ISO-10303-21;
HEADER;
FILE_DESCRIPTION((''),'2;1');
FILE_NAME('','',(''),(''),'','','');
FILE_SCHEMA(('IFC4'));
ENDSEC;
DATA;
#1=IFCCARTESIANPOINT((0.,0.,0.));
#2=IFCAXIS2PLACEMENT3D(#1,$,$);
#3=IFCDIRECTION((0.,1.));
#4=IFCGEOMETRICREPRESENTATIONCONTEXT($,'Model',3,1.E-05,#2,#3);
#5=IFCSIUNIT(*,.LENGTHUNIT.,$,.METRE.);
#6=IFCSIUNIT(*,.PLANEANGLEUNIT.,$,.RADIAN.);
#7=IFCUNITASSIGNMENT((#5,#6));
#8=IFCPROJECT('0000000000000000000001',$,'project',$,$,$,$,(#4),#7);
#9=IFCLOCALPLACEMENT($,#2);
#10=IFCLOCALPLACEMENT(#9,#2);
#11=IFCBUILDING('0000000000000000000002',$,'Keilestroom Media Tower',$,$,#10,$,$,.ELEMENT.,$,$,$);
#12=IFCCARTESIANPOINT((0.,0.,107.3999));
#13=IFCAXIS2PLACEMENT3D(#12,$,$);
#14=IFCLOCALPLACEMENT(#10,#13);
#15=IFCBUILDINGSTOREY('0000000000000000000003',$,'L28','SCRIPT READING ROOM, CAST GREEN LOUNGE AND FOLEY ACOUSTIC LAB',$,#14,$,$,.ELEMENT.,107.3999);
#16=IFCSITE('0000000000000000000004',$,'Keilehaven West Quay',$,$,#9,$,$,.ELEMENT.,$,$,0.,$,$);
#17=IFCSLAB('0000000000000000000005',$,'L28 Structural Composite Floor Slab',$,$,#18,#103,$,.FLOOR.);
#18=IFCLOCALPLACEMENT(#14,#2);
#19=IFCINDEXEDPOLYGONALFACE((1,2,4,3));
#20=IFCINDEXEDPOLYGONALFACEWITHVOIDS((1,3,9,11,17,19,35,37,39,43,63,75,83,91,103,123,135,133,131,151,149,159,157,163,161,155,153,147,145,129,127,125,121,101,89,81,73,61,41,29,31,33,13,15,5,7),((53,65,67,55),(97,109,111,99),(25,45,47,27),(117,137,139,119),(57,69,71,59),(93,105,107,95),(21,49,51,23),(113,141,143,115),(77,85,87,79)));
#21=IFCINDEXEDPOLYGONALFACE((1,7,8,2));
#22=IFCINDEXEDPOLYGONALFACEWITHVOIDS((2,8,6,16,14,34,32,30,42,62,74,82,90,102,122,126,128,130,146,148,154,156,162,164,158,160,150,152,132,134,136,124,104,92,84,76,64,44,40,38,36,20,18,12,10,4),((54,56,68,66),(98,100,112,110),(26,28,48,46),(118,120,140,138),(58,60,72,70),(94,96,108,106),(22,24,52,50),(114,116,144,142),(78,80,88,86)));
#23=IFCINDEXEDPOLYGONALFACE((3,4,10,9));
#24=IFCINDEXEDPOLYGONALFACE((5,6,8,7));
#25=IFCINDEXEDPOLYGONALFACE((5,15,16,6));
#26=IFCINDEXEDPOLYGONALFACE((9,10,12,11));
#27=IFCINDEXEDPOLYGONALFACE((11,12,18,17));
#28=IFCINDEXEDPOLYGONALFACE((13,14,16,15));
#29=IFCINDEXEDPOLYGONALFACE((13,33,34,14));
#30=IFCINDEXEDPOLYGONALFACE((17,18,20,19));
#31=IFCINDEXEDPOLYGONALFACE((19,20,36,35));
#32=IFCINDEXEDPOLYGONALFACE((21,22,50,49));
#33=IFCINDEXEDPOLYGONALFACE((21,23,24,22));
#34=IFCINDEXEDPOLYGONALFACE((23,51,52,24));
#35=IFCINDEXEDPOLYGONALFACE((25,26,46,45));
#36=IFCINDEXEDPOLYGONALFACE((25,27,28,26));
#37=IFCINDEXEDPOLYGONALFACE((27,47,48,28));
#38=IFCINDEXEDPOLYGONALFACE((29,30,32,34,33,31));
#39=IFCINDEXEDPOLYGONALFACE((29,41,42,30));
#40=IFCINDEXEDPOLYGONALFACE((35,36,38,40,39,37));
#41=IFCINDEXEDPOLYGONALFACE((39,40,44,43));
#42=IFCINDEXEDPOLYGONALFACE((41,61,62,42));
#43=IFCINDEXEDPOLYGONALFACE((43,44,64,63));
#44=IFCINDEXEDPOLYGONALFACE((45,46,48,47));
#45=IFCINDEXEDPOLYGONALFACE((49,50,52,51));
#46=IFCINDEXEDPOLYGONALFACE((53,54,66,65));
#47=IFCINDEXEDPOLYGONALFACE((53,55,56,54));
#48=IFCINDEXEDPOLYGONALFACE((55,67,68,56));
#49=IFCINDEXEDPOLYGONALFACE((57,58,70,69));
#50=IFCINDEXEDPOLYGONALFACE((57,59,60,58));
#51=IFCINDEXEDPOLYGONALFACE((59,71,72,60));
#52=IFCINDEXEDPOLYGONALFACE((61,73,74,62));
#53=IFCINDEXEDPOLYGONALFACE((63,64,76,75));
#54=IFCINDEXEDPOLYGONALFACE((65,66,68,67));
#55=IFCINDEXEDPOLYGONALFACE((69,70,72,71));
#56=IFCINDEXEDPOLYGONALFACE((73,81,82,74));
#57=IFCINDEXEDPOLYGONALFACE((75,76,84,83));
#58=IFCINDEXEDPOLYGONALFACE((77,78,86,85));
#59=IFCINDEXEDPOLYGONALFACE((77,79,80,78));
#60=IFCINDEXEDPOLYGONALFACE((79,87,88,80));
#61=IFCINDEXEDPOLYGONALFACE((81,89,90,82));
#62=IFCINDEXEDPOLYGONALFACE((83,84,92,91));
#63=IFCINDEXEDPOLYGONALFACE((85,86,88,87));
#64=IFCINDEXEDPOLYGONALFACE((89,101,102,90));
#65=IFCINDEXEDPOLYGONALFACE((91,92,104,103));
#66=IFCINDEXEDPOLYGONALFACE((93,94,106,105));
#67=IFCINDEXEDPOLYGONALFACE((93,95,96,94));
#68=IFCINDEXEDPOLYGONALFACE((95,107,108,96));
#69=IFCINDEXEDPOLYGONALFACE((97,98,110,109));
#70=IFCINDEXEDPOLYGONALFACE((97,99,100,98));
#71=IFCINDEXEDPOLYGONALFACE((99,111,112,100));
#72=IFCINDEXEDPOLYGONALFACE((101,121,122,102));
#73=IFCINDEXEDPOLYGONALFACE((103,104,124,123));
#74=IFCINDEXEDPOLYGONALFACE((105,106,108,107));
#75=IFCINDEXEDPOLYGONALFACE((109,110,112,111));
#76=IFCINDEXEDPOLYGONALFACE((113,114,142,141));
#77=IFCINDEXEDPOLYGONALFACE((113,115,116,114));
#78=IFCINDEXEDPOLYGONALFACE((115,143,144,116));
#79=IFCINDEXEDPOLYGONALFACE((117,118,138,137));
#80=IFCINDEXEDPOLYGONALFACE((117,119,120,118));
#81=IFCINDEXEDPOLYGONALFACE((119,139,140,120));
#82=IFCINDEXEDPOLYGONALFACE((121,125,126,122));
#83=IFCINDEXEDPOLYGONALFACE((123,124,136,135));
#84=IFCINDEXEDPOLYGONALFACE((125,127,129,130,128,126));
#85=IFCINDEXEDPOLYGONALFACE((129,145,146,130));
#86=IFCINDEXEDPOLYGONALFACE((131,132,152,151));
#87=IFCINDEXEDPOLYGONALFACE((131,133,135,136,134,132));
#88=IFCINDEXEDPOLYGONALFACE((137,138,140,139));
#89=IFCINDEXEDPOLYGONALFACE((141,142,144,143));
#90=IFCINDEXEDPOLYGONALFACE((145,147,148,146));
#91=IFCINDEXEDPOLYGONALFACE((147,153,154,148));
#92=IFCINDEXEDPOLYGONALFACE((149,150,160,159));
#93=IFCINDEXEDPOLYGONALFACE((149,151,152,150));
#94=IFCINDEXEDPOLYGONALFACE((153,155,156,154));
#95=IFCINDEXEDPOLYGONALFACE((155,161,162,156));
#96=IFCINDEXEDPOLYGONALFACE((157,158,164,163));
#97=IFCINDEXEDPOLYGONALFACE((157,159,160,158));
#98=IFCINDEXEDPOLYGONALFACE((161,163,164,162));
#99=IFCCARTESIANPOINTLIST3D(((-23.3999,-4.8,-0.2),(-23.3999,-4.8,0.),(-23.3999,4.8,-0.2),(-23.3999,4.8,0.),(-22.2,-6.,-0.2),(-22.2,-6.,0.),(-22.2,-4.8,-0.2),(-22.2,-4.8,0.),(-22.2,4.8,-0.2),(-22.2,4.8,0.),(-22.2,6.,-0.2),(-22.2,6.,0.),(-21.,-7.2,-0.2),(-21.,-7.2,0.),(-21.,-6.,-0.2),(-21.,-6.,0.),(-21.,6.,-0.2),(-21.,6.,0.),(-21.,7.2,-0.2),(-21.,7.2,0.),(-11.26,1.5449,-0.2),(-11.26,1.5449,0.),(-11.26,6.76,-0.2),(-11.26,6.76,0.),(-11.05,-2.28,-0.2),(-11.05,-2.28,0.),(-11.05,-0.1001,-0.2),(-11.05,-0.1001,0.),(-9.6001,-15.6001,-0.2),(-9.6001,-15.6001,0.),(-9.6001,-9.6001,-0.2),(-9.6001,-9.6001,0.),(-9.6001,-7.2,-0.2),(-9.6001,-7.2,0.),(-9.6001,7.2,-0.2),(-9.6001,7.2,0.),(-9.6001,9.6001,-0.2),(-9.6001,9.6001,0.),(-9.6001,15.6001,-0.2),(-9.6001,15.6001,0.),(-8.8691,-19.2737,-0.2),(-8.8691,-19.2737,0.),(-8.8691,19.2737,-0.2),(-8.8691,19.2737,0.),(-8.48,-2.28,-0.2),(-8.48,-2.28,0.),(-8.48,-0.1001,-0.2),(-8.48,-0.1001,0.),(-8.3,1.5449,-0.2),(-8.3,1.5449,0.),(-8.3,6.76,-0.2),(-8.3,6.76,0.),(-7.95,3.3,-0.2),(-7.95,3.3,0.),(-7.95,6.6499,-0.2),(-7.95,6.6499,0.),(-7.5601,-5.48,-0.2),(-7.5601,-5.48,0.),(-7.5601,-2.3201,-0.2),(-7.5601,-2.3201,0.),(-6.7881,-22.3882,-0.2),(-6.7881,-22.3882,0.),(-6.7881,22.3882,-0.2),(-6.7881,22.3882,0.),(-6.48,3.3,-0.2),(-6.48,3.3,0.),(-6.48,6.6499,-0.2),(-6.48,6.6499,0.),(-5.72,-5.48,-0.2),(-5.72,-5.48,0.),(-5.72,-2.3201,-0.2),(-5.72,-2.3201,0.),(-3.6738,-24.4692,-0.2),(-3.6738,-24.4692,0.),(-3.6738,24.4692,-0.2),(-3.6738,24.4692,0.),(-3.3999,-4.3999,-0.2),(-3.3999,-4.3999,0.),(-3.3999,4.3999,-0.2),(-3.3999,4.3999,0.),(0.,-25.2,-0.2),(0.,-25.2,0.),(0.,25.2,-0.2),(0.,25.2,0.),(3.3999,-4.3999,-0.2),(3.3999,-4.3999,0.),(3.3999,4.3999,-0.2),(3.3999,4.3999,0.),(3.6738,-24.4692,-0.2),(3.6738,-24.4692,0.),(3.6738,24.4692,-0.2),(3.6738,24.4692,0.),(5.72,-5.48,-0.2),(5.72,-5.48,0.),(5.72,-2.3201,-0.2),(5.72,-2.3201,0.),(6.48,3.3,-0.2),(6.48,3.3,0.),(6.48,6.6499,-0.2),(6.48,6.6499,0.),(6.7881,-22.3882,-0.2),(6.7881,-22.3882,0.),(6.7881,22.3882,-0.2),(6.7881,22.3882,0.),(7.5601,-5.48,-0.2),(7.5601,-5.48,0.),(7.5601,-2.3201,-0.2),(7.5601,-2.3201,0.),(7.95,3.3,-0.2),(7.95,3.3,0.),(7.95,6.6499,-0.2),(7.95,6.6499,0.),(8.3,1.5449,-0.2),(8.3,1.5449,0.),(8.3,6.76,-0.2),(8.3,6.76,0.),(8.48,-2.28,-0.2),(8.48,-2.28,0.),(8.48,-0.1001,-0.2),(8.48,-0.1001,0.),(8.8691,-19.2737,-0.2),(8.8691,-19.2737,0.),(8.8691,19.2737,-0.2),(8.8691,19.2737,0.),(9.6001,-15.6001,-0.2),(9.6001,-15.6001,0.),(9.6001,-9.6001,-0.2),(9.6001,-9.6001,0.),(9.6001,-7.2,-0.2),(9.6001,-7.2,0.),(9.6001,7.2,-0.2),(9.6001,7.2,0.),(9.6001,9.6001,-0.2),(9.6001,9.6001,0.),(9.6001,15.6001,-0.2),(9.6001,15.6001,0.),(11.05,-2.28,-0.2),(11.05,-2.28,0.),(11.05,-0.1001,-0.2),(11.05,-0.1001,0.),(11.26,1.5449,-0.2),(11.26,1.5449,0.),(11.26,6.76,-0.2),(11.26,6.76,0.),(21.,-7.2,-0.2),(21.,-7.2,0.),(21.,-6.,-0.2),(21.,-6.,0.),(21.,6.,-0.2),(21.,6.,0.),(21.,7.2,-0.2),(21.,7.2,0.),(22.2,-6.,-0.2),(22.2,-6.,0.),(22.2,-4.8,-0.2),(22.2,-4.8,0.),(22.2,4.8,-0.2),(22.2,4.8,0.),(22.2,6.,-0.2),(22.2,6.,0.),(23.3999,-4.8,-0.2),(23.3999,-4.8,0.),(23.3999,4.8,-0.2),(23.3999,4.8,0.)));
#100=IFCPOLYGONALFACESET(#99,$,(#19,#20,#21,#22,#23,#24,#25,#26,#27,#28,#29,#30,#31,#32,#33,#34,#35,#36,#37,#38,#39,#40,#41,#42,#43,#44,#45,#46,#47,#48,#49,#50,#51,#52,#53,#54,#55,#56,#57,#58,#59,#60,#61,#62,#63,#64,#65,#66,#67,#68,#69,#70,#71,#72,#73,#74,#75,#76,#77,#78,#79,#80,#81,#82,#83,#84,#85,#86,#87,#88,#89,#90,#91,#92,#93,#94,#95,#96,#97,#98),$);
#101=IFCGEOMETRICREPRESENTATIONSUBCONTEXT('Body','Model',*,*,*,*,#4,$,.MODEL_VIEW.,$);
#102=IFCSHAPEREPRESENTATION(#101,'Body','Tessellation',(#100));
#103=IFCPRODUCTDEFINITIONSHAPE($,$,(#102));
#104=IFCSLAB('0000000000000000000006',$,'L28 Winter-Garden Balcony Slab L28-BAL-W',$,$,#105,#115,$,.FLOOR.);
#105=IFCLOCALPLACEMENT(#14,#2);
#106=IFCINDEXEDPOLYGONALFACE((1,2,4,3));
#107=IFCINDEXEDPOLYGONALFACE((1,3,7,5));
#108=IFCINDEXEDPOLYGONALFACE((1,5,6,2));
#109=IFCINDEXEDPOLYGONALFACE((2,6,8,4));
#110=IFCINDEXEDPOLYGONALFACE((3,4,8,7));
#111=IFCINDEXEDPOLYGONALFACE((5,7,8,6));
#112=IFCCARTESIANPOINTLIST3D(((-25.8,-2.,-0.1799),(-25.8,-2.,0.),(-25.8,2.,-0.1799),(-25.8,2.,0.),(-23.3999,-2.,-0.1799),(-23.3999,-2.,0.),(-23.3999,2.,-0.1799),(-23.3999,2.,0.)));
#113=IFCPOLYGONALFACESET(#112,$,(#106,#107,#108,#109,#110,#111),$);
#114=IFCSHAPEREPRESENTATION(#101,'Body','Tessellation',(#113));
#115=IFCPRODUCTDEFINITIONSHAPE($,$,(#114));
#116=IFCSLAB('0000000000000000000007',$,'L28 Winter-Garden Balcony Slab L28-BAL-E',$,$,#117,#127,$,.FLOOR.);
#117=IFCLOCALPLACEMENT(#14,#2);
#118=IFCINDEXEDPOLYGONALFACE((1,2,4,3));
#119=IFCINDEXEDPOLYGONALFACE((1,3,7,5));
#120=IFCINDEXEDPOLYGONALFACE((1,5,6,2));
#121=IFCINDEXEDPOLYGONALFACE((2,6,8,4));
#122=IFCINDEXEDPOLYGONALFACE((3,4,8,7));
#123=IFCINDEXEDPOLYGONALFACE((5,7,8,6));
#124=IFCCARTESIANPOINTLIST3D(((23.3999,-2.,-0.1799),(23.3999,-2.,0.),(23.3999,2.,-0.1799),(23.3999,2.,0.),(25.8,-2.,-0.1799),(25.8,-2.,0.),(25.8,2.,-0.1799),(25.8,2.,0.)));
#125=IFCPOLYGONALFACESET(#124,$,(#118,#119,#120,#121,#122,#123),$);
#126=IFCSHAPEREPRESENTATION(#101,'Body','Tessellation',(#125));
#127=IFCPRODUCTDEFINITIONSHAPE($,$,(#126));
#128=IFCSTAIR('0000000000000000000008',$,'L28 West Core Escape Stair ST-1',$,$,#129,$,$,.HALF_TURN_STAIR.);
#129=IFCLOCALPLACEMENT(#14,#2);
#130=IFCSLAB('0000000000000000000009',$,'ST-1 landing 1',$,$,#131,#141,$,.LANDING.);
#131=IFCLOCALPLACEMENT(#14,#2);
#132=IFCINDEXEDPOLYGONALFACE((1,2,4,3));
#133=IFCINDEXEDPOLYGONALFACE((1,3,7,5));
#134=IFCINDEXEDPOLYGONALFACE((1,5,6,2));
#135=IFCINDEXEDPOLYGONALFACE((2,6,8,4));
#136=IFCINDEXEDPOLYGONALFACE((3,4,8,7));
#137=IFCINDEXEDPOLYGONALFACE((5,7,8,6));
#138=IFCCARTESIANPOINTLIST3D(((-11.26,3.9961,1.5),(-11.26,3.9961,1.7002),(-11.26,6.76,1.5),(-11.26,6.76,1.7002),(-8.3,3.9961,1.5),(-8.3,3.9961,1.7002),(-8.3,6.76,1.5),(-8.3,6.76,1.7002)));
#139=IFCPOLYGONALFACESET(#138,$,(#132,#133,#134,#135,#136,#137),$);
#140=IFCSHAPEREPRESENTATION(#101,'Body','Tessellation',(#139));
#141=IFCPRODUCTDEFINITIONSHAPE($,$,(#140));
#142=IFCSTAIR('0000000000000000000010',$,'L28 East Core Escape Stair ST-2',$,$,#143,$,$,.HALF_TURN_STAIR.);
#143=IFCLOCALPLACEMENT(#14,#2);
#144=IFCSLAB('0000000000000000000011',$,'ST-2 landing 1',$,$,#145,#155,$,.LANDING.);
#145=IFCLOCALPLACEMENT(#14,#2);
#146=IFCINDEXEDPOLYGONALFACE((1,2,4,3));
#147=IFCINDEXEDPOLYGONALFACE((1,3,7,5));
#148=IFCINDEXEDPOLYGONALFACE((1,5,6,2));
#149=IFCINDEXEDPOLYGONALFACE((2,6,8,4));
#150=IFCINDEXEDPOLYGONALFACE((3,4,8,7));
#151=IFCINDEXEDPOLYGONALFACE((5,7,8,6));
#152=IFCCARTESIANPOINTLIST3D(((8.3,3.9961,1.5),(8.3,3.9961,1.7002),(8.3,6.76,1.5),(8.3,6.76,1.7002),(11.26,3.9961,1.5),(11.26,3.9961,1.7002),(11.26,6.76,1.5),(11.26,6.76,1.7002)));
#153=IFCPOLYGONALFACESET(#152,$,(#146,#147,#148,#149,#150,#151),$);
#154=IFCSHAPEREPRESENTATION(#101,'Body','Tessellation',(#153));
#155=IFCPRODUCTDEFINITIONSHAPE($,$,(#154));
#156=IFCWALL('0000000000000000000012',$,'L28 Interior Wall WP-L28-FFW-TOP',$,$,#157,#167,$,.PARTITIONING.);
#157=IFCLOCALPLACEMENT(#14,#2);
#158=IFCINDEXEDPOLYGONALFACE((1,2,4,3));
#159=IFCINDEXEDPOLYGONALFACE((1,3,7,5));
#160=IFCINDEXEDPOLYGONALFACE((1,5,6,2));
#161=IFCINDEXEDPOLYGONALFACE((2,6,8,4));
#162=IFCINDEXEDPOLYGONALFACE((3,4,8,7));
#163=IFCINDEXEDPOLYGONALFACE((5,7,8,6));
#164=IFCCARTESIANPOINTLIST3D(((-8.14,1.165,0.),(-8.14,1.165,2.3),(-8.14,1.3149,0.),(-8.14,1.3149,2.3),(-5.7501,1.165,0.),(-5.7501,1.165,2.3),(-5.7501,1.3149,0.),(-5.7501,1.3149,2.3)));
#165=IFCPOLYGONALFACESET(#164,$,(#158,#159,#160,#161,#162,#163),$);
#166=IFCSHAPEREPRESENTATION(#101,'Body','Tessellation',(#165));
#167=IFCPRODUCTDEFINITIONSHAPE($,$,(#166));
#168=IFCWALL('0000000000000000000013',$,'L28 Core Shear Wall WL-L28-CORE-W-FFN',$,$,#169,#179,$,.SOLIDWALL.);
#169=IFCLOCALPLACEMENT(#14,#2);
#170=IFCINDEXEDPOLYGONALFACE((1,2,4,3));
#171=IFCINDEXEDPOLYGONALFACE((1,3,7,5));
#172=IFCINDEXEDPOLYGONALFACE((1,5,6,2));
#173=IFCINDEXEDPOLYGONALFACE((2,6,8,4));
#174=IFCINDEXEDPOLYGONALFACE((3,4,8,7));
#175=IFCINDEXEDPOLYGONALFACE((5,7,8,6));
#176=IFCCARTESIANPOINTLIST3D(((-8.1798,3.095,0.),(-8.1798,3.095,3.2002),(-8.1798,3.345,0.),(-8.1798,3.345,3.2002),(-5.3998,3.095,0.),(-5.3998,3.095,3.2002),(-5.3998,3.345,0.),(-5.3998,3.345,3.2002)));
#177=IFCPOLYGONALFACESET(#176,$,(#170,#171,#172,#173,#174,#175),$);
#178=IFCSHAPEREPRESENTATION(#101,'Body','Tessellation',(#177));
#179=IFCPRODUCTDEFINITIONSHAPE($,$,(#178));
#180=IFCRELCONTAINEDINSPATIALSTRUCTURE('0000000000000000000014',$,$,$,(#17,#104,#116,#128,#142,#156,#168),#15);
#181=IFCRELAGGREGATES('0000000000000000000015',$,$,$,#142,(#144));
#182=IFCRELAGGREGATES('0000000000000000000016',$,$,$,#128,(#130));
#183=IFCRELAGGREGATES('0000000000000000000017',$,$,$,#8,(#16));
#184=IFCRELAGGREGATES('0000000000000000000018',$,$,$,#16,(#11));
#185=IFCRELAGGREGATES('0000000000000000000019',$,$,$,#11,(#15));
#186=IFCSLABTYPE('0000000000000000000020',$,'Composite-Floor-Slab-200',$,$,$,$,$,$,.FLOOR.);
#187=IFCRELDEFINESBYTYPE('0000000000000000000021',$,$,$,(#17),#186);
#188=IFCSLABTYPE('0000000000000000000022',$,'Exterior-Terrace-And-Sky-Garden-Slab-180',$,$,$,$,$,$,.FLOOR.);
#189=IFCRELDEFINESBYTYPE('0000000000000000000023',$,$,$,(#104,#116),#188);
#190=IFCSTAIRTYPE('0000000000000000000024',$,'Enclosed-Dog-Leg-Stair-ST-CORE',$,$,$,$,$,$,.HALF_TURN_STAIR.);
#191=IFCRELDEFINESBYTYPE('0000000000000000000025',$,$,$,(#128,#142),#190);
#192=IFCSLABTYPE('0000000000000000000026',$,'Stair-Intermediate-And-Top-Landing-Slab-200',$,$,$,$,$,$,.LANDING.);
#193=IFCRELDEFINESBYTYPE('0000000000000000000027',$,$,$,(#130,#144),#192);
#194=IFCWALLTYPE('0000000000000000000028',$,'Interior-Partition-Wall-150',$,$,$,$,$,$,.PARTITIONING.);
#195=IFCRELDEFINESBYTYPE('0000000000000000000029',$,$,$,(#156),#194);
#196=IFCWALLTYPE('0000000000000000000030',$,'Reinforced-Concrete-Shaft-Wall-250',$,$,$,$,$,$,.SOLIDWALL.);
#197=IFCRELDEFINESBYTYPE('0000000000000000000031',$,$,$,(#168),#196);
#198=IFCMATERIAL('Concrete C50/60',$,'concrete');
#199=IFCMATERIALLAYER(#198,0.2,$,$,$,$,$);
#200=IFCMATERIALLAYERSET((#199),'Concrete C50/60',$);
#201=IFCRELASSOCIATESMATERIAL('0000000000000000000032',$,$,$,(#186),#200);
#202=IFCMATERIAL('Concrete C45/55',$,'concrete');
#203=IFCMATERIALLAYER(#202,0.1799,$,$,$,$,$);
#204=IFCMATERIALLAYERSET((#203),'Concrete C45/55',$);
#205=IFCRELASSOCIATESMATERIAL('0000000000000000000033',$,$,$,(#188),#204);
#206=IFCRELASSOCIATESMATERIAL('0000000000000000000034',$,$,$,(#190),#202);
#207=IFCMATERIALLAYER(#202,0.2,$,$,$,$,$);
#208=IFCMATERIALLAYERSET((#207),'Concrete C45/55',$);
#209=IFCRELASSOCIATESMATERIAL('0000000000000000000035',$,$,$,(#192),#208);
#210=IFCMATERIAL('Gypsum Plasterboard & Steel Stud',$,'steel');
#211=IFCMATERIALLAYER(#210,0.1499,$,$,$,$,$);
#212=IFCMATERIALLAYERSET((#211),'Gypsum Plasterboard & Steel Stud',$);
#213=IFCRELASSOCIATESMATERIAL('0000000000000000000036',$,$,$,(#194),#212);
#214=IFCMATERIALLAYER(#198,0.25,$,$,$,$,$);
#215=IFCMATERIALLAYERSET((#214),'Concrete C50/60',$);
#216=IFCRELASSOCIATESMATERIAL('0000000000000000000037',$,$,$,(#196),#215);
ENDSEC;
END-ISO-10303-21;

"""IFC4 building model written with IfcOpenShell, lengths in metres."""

from ifc_helpers import new_model, si_unit, direction, frame, frame_2d, origin, place, context, subcontext, project, spatial, polyline, rectangle, outline, extrude, material, layer, layer_set, type_object, element, aggregate, save


model = new_model("IFC4")

# Units and contexts
model_context = context("Model", 3, precision=1e-05, world=origin(), true_north=direction((0.0, 1.0)))
body_context = subcontext(model_context, "Body", "Model", "MODEL_VIEW")
ifc_project = project(units=[si_unit("LENGTHUNIT", "METRE"), si_unit("PLANEANGLEUNIT", "RADIAN")], contexts=[model_context])

# Site, building, storey
site_placement = place(None, origin())
site = spatial("IfcSite", under=ifc_project, at=site_placement, Name="Keilehaven West Quay", CompositionType="ELEMENT", RefElevation=0.0)
building_placement = place(site_placement, origin())
building = spatial("IfcBuilding", under=site, at=building_placement, Name="Keilestroom Media Tower", CompositionType="ELEMENT")
storey_placement = place(building_placement, frame((0.0, 0.0, 107.3999)))
storey = spatial("IfcBuildingStorey", under=building, at=storey_placement, Name="L28", Description="SCRIPT READING ROOM, CAST GREEN LOUNGE AND FOLEY ACOUSTIC LAB", CompositionType="ELEMENT", Elevation=107.3999)

# Slabs
ifc_material_1 = material(Name="Concrete C50/60", Category="concrete")
ifc_layer_1 = layer(ifc_material_1, 0.2)
ifc_layer_set_1 = layer_set([ifc_layer_1], Name="Concrete C50/60")
slab_type_1 = type_object("IfcSlabType", Name="Composite-Floor-Slab-200", PredefinedType="FLOOR", material=ifc_layer_set_1)
slab_1_placement = place(storey_placement, frame((0.0, 0.0, -0.2)))
element("IfcSlab", 1, at=slab_1_placement, inside=storey, type_object=slab_type_1, Name="L28 Structural Composite Floor Slab", PredefinedType="FLOOR", context=body_context, shape_type="SweptSolid", body=[
    extrude(outline(polyline([(23.3999, -4.8), (23.3999, 4.8), (22.2, 4.8), (22.2, 6.0), (21.0, 6.0), (21.0, 7.2), (9.6001, 7.2), (9.6001, 9.6001), (9.6001, 15.6001), (8.8691, 19.2737), (6.7881, 22.3882), (3.6738, 24.4692), (0.0, 25.2), (-3.6738, 24.4692), (-6.7881, 22.3882), (-8.8691, 19.2737), (-9.6001, 15.6001), (-9.6001, 9.6001), (-9.6001, 7.2), (-21.0, 7.2), (-21.0, 6.0), (-22.2, 6.0), (-22.2, 4.8), (-23.3999, 4.8), (-23.3999, -4.8), (-22.2, -4.8), (-22.2, -6.0), (-21.0, -6.0), (-21.0, -7.2), (-9.6001, -7.2), (-9.6001, -9.6001), (-9.6001, -15.6001), (-8.8691, -19.2737), (-6.7881, -22.3882), (-3.6738, -24.4692), (0.0, -25.2), (3.6738, -24.4692), (6.7881, -22.3882), (8.8691, -19.2737), (9.6001, -15.6001), (9.6001, -9.6001), (9.6001, -7.2), (21.0, -7.2), (21.0, -6.0), (22.2, -6.0), (22.2, -4.8), (23.3999, -4.8)]), holes=[polyline([(-11.26, 1.5449), (-11.26, 6.76), (-8.3, 6.76), (-8.3, 1.5449), (-11.26, 1.5449)]), polyline([(-11.05, -2.28), (-11.05, -0.1001), (-8.48, -0.1001), (-8.48, -2.28), (-11.05, -2.28)]), polyline([(-7.95, 3.3), (-7.95, 6.6499), (-6.48, 6.6499), (-6.48, 3.3), (-7.95, 3.3)]), polyline([(-7.5601, -2.3201), (-5.72, -2.3201), (-5.72, -5.48), (-7.5601, -5.48), (-7.5601, -2.3201)]), polyline([(3.3999, -4.3999), (-3.3999, -4.3999), (-3.3999, 4.3999), (3.3999, 4.3999), (3.3999, -4.3999)]), polyline([(7.5601, -2.3201), (7.5601, -5.48), (5.72, -5.48), (5.72, -2.3201), (7.5601, -2.3201)]), polyline([(6.48, 3.3), (6.48, 6.6499), (7.95, 6.6499), (7.95, 3.3), (6.48, 3.3)]), polyline([(8.3, 1.5449), (8.3, 6.76), (11.26, 6.76), (11.26, 1.5449), (8.3, 1.5449)]), polyline([(8.48, -2.28), (8.48, -0.1001), (11.05, -0.1001), (11.05, -2.28), (8.48, -2.28)])]), origin(), (0.0, 0.0, 1.0), 0.2),
])
ifc_material_2 = material(Name="Concrete C45/55", Category="concrete")
ifc_layer_2 = layer(ifc_material_2, 0.1799)
ifc_layer_set_2 = layer_set([ifc_layer_2], Name="Concrete C45/55")
slab_type_2 = type_object("IfcSlabType", Name="Exterior-Terrace-And-Sky-Garden-Slab-180", PredefinedType="FLOOR", material=ifc_layer_set_2)
slab_2_placement = place(storey_placement, frame((0.0, 0.0, -0.1799)))
element("IfcSlab", 2, at=slab_2_placement, inside=storey, type_object=slab_type_2, Name="L28 Winter-Garden Balcony Slab L28-BAL-W", PredefinedType="FLOOR", context=body_context, shape_type="SweptSolid", body=[
    extrude(outline(polyline([(-25.8, -2.0), (-23.3999, -2.0), (-23.3999, 2.0), (-25.8, 2.0), (-25.8, -2.0)])), origin(), (0.0, 0.0, 1.0), 0.1799),
])
slab_3_placement = place(storey_placement, frame((0.0, 0.0, -0.1799)))
element("IfcSlab", 3, at=slab_3_placement, inside=storey, type_object=slab_type_2, Name="L28 Winter-Garden Balcony Slab L28-BAL-E", PredefinedType="FLOOR", context=body_context, shape_type="SweptSolid", body=[
    extrude(outline(polyline([(23.3999, -2.0), (25.8, -2.0), (25.8, 2.0), (23.3999, 2.0), (23.3999, -2.0)])), origin(), (0.0, 0.0, 1.0), 0.1799),
])

# Stairs, slabs
stair_type = type_object("IfcStairType", Name="Enclosed-Dog-Leg-Stair-ST-CORE", PredefinedType="HALF_TURN_STAIR", material=ifc_material_2)
stair_1_placement = place(storey_placement, origin())
stair_1 = element("IfcStair", 4, at=stair_1_placement, inside=storey, type_object=stair_type, Name="L28 West Core Escape Stair ST-1", PredefinedType="HALF_TURN_STAIR")
ifc_layer_3 = layer(ifc_material_2, 0.2)
ifc_layer_set_3 = layer_set([ifc_layer_3], Name="Concrete C45/55")
slab_type_3 = type_object("IfcSlabType", Name="Stair-Intermediate-And-Top-Landing-Slab-200", PredefinedType="LANDING", material=ifc_layer_set_3)
slab_4_placement = place(storey_placement, frame((0.0, 0.0, 1.5)))
slab_4 = element("IfcSlab", 5, at=slab_4_placement, type_object=slab_type_3, Name="ST-1 landing 1", PredefinedType="LANDING", context=body_context, shape_type="SweptSolid", body=[
    extrude(outline(polyline([(-8.3, 3.9961), (-8.3, 6.76), (-11.26, 6.76), (-11.26, 3.9961), (-8.3, 3.9961)])), origin(), (0.0, 0.0, 1.0), 0.2002),
])
stair_2_placement = place(storey_placement, origin())
stair_2 = element("IfcStair", 6, at=stair_2_placement, inside=storey, type_object=stair_type, Name="L28 East Core Escape Stair ST-2", PredefinedType="HALF_TURN_STAIR")
slab_5_placement = place(storey_placement, frame((0.0, 0.0, 1.5)))
slab_5 = element("IfcSlab", 7, at=slab_5_placement, type_object=slab_type_3, Name="ST-2 landing 1", PredefinedType="LANDING", context=body_context, shape_type="SweptSolid", body=[
    extrude(outline(polyline([(11.26, 3.9961), (11.26, 6.76), (8.3, 6.76), (8.3, 3.9961), (11.26, 3.9961)])), origin(), (0.0, 0.0, 1.0), 0.2002),
])
aggregate(stair_2, [slab_5])

# Walls
ifc_material_3 = material(Name="Gypsum Plasterboard & Steel Stud", Category="steel")
ifc_layer_4 = layer(ifc_material_3, 0.1499)
ifc_layer_set_4 = layer_set([ifc_layer_4], Name="Gypsum Plasterboard & Steel Stud")
wall_type_1 = type_object("IfcWallType", Name="Interior-Partition-Wall-150", PredefinedType="PARTITIONING", material=ifc_layer_set_4)
wall_1_placement = place(storey_placement, frame((-8.1399, 1.24, 0.0), z_axis=(0.0, 0.0, 1.0), x_axis=(1.0, 0.0, 0.0)))
element("IfcWall", 8, at=wall_1_placement, inside=storey, type_object=wall_type_1, Name="L28 Interior Wall WP-L28-FFW-TOP", PredefinedType="PARTITIONING", context=body_context, shape_type="SweptSolid", body=[
    extrude(rectangle(XDim=2.3899, YDim=0.1499, at=frame_2d((1.1948, 0.0))), origin(), (0.0, 0.0, 1.0), 2.3),
])
ifc_layer_5 = layer(ifc_material_1, 0.25)
ifc_layer_set_5 = layer_set([ifc_layer_5], Name="Concrete C50/60")
wall_type_2 = type_object("IfcWallType", Name="Reinforced-Concrete-Shaft-Wall-250", PredefinedType="SOLIDWALL", material=ifc_layer_set_5)
wall_2_placement = place(storey_placement, frame((-8.1799, 3.22, 0.0), z_axis=(0.0, 0.0, 1.0), x_axis=(1.0, 0.0, 0.0)))
element("IfcWall", 9, at=wall_2_placement, inside=storey, type_object=wall_type_2, Name="L28 Core Shear Wall WL-L28-CORE-W-FFN", PredefinedType="SOLIDWALL", context=body_context, shape_type="SweptSolid", body=[
    extrude(rectangle(XDim=2.78, YDim=0.25, at=frame_2d((1.3901, 0.0))), origin(), (0.0, 0.0, 1.0), 3.2002),
])

aggregate(stair_1, [slab_4])

save(model, "model.ifc")
